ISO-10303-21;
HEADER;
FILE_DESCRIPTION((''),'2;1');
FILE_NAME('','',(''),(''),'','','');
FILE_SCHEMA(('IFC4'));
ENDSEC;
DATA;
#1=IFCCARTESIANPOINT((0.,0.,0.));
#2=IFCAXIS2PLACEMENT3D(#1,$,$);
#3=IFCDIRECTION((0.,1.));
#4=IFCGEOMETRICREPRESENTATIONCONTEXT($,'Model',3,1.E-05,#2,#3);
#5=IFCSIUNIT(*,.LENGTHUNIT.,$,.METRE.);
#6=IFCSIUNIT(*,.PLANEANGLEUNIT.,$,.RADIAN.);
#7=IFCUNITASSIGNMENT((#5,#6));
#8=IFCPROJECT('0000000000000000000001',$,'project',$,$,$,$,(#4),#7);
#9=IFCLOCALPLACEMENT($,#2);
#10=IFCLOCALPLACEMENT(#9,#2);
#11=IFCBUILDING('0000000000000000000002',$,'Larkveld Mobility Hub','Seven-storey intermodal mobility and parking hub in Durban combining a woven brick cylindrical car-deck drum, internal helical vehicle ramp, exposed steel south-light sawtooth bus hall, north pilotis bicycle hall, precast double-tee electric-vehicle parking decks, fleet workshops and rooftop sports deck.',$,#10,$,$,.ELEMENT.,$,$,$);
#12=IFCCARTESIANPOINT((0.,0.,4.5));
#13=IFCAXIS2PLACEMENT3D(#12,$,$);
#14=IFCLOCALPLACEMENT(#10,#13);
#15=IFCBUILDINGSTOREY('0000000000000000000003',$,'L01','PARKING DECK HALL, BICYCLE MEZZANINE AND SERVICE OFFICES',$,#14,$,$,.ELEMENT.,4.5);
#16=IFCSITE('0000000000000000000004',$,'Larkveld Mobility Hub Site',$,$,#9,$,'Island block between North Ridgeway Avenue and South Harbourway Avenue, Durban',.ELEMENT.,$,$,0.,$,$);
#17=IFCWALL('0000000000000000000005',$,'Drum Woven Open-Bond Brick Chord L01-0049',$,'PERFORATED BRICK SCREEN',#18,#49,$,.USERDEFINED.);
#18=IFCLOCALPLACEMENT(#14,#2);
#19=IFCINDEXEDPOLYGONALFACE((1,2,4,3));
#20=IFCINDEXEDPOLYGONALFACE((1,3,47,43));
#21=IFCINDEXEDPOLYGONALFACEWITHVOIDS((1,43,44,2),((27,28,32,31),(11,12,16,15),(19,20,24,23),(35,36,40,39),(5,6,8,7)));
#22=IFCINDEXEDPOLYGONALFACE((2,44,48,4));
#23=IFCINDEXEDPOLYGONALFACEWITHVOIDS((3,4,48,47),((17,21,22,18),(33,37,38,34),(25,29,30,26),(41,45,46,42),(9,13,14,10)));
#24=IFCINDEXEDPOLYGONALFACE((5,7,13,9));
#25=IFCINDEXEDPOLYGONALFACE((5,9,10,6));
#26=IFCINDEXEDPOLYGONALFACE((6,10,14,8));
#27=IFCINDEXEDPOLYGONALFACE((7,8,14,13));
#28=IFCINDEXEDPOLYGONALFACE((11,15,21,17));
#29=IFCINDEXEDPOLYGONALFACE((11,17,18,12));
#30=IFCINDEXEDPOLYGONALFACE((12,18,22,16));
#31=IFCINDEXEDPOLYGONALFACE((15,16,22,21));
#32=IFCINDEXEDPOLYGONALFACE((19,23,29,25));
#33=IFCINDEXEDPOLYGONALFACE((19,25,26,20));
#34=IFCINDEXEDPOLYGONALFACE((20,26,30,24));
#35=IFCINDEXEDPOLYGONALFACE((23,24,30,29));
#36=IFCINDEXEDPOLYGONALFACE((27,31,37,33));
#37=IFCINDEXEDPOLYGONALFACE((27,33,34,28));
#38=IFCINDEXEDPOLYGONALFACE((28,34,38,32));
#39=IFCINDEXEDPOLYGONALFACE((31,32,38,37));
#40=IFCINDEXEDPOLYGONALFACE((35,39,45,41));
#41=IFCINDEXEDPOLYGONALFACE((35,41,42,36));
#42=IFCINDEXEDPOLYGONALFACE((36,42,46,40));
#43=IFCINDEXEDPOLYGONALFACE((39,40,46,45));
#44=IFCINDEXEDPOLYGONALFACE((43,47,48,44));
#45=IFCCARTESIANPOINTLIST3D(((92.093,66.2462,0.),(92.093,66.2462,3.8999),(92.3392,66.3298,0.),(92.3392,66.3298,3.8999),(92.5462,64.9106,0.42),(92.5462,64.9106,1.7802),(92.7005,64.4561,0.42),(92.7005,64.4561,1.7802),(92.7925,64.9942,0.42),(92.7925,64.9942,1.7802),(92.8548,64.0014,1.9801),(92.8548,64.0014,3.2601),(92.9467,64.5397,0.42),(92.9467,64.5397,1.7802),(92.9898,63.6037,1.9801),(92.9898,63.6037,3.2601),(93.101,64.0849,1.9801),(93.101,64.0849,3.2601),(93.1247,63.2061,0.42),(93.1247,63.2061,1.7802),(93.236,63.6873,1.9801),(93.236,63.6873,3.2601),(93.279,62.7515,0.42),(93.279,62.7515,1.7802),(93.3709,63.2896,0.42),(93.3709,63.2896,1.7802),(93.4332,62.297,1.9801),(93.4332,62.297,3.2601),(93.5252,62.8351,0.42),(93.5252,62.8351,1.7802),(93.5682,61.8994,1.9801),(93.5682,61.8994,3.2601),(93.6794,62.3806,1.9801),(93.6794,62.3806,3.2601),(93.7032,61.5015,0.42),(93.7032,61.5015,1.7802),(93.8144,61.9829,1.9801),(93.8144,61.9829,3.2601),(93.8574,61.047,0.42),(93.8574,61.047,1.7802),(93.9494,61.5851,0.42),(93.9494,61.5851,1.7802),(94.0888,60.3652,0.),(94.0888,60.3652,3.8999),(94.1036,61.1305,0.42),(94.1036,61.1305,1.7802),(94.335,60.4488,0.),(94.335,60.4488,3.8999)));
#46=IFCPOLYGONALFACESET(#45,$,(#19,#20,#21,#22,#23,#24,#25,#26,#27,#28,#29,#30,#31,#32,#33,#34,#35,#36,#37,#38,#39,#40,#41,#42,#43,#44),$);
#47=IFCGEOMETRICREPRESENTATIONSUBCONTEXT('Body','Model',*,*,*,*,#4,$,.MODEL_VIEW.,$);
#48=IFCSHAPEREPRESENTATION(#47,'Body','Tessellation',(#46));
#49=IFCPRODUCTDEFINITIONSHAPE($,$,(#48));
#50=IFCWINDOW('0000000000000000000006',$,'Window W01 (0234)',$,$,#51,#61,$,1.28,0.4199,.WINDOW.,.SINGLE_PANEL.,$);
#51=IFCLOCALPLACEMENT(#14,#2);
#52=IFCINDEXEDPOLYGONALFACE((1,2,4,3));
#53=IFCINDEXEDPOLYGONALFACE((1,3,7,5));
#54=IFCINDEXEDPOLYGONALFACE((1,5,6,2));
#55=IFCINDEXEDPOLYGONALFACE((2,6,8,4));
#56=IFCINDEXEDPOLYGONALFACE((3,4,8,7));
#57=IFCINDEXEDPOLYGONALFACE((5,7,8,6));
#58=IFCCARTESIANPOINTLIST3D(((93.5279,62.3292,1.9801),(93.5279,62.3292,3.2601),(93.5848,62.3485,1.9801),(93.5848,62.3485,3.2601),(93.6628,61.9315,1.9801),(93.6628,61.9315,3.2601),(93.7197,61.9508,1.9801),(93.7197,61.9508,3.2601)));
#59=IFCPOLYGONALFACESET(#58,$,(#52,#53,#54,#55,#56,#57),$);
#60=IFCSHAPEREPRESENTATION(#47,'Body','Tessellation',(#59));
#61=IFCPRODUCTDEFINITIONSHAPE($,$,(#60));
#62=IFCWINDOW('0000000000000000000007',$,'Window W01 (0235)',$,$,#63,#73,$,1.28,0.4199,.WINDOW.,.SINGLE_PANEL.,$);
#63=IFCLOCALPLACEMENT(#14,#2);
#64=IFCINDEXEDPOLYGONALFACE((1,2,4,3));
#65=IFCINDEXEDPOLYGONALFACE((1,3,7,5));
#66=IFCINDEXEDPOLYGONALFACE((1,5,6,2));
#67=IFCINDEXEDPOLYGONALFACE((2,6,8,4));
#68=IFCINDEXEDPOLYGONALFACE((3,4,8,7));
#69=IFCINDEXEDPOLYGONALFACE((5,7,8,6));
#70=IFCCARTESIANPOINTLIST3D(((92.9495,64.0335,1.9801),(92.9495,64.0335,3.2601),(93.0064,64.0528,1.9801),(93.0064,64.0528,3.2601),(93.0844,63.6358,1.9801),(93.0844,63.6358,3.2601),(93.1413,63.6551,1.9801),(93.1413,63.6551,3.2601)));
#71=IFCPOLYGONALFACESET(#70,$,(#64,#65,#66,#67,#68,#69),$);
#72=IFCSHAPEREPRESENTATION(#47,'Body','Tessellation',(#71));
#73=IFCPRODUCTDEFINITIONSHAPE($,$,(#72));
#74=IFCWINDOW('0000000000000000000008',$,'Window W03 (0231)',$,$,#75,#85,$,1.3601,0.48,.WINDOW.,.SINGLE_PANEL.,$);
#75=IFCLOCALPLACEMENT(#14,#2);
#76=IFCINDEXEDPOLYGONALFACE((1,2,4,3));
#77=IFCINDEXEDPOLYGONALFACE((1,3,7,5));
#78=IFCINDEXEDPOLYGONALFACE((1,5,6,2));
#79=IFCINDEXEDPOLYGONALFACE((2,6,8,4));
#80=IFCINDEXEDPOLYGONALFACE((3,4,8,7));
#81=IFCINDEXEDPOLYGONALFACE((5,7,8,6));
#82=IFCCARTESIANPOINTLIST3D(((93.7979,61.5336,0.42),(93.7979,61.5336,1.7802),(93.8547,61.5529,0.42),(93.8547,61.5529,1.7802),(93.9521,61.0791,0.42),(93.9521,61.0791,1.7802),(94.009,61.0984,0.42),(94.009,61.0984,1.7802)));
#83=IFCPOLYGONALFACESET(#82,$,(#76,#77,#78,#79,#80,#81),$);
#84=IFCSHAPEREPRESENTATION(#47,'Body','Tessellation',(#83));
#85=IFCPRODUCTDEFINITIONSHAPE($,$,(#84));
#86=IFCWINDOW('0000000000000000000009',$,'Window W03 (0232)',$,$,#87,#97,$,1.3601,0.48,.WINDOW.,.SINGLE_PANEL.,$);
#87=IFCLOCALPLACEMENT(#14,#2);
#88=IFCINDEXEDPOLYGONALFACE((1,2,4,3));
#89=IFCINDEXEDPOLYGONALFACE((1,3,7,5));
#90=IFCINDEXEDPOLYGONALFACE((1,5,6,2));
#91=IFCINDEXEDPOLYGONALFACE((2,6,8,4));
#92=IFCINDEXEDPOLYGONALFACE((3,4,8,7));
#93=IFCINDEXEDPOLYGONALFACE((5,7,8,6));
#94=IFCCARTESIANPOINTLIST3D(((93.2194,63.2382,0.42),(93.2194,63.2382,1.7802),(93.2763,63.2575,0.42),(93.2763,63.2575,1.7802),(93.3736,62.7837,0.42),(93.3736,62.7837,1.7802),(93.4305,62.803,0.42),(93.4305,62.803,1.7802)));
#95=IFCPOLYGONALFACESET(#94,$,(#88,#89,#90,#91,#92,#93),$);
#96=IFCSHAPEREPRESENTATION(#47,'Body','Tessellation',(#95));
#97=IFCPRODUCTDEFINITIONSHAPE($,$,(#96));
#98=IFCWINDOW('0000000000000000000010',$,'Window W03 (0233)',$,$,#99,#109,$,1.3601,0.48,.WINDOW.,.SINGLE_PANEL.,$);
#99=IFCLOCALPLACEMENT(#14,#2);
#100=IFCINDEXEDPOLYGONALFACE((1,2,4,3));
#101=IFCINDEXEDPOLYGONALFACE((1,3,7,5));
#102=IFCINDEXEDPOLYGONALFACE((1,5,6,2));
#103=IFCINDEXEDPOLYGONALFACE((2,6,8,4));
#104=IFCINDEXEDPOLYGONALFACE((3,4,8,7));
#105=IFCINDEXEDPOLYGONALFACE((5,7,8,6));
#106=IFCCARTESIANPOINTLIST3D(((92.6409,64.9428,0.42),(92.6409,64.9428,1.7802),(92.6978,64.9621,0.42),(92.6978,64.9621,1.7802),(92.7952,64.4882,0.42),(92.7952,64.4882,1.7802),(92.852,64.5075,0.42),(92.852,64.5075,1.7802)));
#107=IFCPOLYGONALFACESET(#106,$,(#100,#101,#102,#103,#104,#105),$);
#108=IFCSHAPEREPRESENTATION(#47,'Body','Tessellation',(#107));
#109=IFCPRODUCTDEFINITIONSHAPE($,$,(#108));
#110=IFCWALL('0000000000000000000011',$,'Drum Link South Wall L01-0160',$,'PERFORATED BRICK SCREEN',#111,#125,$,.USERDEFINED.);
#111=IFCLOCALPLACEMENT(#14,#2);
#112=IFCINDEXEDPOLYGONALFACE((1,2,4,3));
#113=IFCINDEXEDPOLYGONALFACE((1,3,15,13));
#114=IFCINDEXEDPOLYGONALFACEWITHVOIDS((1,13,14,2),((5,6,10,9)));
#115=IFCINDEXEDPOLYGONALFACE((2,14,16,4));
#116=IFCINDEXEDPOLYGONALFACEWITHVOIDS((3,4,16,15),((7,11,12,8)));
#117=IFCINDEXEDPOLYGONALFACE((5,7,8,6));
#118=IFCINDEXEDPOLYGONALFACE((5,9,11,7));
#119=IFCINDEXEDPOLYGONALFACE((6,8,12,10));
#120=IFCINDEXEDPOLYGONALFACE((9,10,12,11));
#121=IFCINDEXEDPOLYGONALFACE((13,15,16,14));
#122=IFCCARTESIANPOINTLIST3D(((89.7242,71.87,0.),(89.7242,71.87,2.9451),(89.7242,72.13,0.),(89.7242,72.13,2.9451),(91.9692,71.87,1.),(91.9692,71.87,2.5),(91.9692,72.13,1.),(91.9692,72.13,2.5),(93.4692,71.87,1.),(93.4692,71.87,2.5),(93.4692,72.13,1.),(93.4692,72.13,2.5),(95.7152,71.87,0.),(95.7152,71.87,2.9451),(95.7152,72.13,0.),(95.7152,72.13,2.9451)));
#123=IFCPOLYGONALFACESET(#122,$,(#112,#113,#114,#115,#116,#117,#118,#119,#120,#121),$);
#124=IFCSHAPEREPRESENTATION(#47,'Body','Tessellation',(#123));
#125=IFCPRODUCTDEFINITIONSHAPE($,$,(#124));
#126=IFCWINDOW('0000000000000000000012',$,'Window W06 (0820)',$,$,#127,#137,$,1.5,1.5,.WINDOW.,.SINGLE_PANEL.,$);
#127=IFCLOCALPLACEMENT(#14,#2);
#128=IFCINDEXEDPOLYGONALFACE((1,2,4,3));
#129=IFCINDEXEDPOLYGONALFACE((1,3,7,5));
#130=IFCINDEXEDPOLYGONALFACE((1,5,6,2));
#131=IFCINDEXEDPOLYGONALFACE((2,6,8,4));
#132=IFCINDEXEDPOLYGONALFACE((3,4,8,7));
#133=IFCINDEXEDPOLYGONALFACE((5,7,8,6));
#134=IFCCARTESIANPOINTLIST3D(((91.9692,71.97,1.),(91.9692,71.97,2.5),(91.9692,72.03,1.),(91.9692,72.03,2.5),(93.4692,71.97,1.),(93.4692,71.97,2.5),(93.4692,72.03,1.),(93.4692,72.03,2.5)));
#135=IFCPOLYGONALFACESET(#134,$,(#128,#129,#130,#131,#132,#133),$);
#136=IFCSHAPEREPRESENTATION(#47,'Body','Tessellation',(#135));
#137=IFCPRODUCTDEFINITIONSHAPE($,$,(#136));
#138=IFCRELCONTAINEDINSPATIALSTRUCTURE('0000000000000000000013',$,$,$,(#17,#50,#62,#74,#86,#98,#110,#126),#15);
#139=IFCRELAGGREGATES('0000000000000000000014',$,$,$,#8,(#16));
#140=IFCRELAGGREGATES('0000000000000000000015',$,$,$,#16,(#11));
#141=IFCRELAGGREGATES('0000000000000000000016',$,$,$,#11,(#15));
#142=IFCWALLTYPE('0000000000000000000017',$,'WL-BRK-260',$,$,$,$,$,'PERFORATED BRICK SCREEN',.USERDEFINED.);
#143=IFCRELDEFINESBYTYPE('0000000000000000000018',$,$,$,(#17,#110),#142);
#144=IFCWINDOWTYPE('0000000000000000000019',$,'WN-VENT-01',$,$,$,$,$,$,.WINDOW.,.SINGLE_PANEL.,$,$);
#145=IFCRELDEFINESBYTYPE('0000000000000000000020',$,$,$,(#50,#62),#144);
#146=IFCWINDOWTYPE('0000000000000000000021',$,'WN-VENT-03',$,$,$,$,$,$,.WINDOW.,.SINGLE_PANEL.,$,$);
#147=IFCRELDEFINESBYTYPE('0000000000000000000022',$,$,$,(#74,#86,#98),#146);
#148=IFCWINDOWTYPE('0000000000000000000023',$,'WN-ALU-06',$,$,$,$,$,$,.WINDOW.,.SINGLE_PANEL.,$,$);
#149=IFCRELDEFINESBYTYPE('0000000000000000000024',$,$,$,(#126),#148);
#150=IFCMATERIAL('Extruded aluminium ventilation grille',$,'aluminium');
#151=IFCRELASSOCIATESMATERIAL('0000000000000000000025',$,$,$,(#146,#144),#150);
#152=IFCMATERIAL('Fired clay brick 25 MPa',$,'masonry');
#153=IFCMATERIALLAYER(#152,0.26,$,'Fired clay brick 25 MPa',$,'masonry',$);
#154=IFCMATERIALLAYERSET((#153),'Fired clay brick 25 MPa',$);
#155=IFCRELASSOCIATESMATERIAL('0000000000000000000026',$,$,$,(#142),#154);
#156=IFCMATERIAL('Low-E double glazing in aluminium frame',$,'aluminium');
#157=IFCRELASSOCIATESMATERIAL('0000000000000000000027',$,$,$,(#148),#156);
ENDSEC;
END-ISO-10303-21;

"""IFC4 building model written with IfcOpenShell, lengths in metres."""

from ifc_helpers import new_model, si_unit, direction, frame, frame_2d, origin, place, context, subcontext, project, spatial, rectangle, extrude, material, layer, layer_set, type_object, element, fill, save


model = new_model("IFC4")

# Units and contexts
model_context = context("Model", 3, precision=1e-05, world=origin(), true_north=direction((0.0, 1.0)))
body_context = subcontext(model_context, "Body", "Model", "MODEL_VIEW")
ifc_project = project(units=[si_unit("LENGTHUNIT", "METRE"), si_unit("PLANEANGLEUNIT", "RADIAN")], contexts=[model_context])

# Site, building, storey
site_placement = place(None, origin())
site = spatial("IfcSite", under=ifc_project, at=site_placement, Name="Larkveld Mobility Hub Site", LongName="Island block between North Ridgeway Avenue and South Harbourway Avenue, Durban", CompositionType="ELEMENT", RefElevation=0.0)
building_placement = place(site_placement, origin())
building = spatial("IfcBuilding", under=site, at=building_placement, Name="Larkveld Mobility Hub", Description="Seven-storey intermodal mobility and parking hub in Durban combining a woven brick cylindrical car-deck drum, internal helical vehicle ramp, exposed steel south-light sawtooth bus hall, north pilotis bicycle hall, precast double-tee electric-vehicle parking decks, fleet workshops and rooftop sports deck.", CompositionType="ELEMENT")
storey_placement = place(building_placement, frame((0.0, 0.0, 4.5)))
storey = spatial("IfcBuildingStorey", under=building, at=storey_placement, Name="L01", Description="PARKING DECK HALL, BICYCLE MEZZANINE AND SERVICE OFFICES", CompositionType="ELEMENT", Elevation=4.5)

# Wall, openings, windows
ifc_material_1 = material(Name="Fired clay brick 25 MPa", Category="masonry")
ifc_material_2 = material(Name="Extruded aluminium ventilation grille", Category="aluminium")
window_type_1 = type_object("IfcWindowType", Name="WN-VENT-03", PartitioningType="SINGLE_PANEL", PredefinedType="WINDOW", material=ifc_material_2)
ifc_layer_1 = layer(ifc_material_1, 0.26, Name="Fired clay brick 25 MPa", Category="masonry")
ifc_layer_set_1 = layer_set([ifc_layer_1], Name="Fired clay brick 25 MPa")
wall_type_1 = type_object("IfcWallType", Name="WL-BRK-260", ElementType="PERFORATED BRICK SCREEN", PredefinedType="USERDEFINED", material=ifc_layer_set_1)
wall_1_placement = place(storey_placement, frame((94.2119, 60.407, 0.0), z_axis=(0.0, 0.0, 1.0), x_axis=(-0.321365, 0.946955, 0.0)))
wall_1 = element("IfcWall", 1, at=wall_1_placement, inside=storey, type_object=wall_type_1, Name="Drum Woven Open-Bond Brick Chord L01-0049", ObjectType="PERFORATED BRICK SCREEN", PredefinedType="USERDEFINED", context=body_context, shape_type="SweptSolid", body=[
    extrude(rectangle(XDim=6.2104, YDim=0.26, at=frame_2d((3.1052, 0.0))), origin(), (0.0, 0.0, 1.0), 3.8999),
])
opening_1_placement = place(wall_1_placement, frame((0.72, 0.0, 0.4199)))
opening_1 = element("IfcOpeningElement", 2, at=opening_1_placement, cuts=wall_1, PredefinedType="OPENING", context=body_context, shape_type="SweptSolid", body=[
    extrude(rectangle(XDim=0.48, YDim=1.3601, at=frame_2d((0.24, 0.6802))), frame((0.0, 0.1401, 0.0), z_axis=(0.0, -1.0, 0.0), x_axis=(1.0, 0.0, 0.0)), (0.0, 0.0, 1.0), 0.28),
])
opening_2_placement = place(wall_1_placement, frame((2.52, 0.0, 0.4199)))
opening_2 = element("IfcOpeningElement", 3, at=opening_2_placement, cuts=wall_1, PredefinedType="OPENING", context=body_context, shape_type="SweptSolid", body=[
    extrude(rectangle(XDim=0.48, YDim=1.3601, at=frame_2d((0.24, 0.6802))), frame((0.0, 0.1401, 0.0), z_axis=(0.0, -1.0, 0.0), x_axis=(1.0, 0.0, 0.0)), (0.0, 0.0, 1.0), 0.28),
])
opening_3_placement = place(wall_1_placement, frame((4.3201, 0.0, 0.4199)))
opening_3 = element("IfcOpeningElement", 4, at=opening_3_placement, cuts=wall_1, PredefinedType="OPENING", context=body_context, shape_type="SweptSolid", body=[
    extrude(rectangle(XDim=0.48, YDim=1.3601, at=frame_2d((0.24, 0.6802))), frame((0.0, 0.1401, 0.0), z_axis=(0.0, -1.0, 0.0), x_axis=(1.0, 0.0, 0.0)), (0.0, 0.0, 1.0), 0.28),
])
opening_4_placement = place(wall_1_placement, frame((1.6201, 0.0, 1.98)))
opening_4 = element("IfcOpeningElement", 5, at=opening_4_placement, cuts=wall_1, PredefinedType="OPENING", context=body_context, shape_type="SweptSolid", body=[
    extrude(rectangle(XDim=0.4199, YDim=1.28, at=frame_2d((0.21, 0.6401))), frame((0.0, 0.1401, 0.0), z_axis=(0.0, -1.0, 0.0), x_axis=(1.0, 0.0, 0.0)), (0.0, 0.0, 1.0), 0.28),
])
opening_5_placement = place(wall_1_placement, frame((3.4199, 0.0, 1.98)))
opening_5 = element("IfcOpeningElement", 6, at=opening_5_placement, cuts=wall_1, PredefinedType="OPENING", context=body_context, shape_type="SweptSolid", body=[
    extrude(rectangle(XDim=0.4199, YDim=1.28, at=frame_2d((0.21, 0.6401))), frame((0.0, 0.1401, 0.0), z_axis=(0.0, -1.0, 0.0), x_axis=(1.0, 0.0, 0.0)), (0.0, 0.0, 1.0), 0.28),
])
window_type_2 = type_object("IfcWindowType", Name="WN-VENT-01", PartitioningType="SINGLE_PANEL", PredefinedType="WINDOW", material=ifc_material_2)
window_1_placement = place(opening_4_placement, origin())
window_1 = element("IfcWindow", 7, at=window_1_placement, inside=storey, type_object=window_type_2, Name="Window W01 (0234)", OverallHeight=1.28, OverallWidth=0.4199, PartitioningType="SINGLE_PANEL", PredefinedType="WINDOW", context=body_context, shape_type="SweptSolid", body=[
    extrude(rectangle(XDim=0.4199, YDim=1.28, at=frame_2d((0.21, 0.6401))), frame((0.0, 0.03, 0.0), z_axis=(0.0, -1.0, 0.0), x_axis=(1.0, 0.0, 0.0)), (0.0, 0.0, 1.0), 0.0601),
])
fill(opening_4, window_1)
window_2_placement = place(opening_5_placement, origin())
window_2 = element("IfcWindow", 8, at=window_2_placement, inside=storey, type_object=window_type_2, Name="Window W01 (0235)", OverallHeight=1.28, OverallWidth=0.4199, PartitioningType="SINGLE_PANEL", PredefinedType="WINDOW", context=body_context, shape_type="SweptSolid", body=[
    extrude(rectangle(XDim=0.4199, YDim=1.28, at=frame_2d((0.21, 0.6401))), frame((0.0, 0.03, 0.0), z_axis=(0.0, -1.0, 0.0), x_axis=(1.0, 0.0, 0.0)), (0.0, 0.0, 1.0), 0.0601),
])
fill(opening_5, window_2)
window_3_placement = place(opening_1_placement, origin())
window_3 = element("IfcWindow", 9, at=window_3_placement, inside=storey, type_object=window_type_1, Name="Window W03 (0231)", OverallHeight=1.3601, OverallWidth=0.48, PartitioningType="SINGLE_PANEL", PredefinedType="WINDOW", context=body_context, shape_type="SweptSolid", body=[
    extrude(rectangle(XDim=0.48, YDim=1.3601, at=frame_2d((0.24, 0.6802))), frame((0.0, 0.03, 0.0), z_axis=(0.0, -1.0, 0.0), x_axis=(1.0, 0.0, 0.0)), (0.0, 0.0, 1.0), 0.0601),
])
fill(opening_1, window_3)
window_4_placement = place(opening_2_placement, origin())
window_4 = element("IfcWindow", 10, at=window_4_placement, inside=storey, type_object=window_type_1, Name="Window W03 (0232)", OverallHeight=1.3601, OverallWidth=0.48, PartitioningType="SINGLE_PANEL", PredefinedType="WINDOW", context=body_context, shape_type="SweptSolid", body=[
    extrude(rectangle(XDim=0.48, YDim=1.3601, at=frame_2d((0.24, 0.6802))), frame((0.0, 0.03, 0.0), z_axis=(0.0, -1.0, 0.0), x_axis=(1.0, 0.0, 0.0)), (0.0, 0.0, 1.0), 0.0601),
])
fill(opening_2, window_4)
window_5_placement = place(opening_3_placement, origin())
window_5 = element("IfcWindow", 11, at=window_5_placement, inside=storey, type_object=window_type_1, Name="Window W03 (0233)", OverallHeight=1.3601, OverallWidth=0.48, PartitioningType="SINGLE_PANEL", PredefinedType="WINDOW", context=body_context, shape_type="SweptSolid", body=[
    extrude(rectangle(XDim=0.48, YDim=1.3601, at=frame_2d((0.24, 0.6802))), frame((0.0, 0.03, 0.0), z_axis=(0.0, -1.0, 0.0), x_axis=(1.0, 0.0, 0.0)), (0.0, 0.0, 1.0), 0.0601),
])
fill(opening_3, window_5)

# Wall, opening, window
wall_2_placement = place(storey_placement, frame((89.7241, 72.0, 0.0), z_axis=(0.0, 0.0, 1.0), x_axis=(1.0, 0.0, 0.0)))
wall_2 = element("IfcWall", 12, at=wall_2_placement, inside=storey, type_object=wall_type_1, Name="Drum Link South Wall L01-0160", ObjectType="PERFORATED BRICK SCREEN", PredefinedType="USERDEFINED", context=body_context, shape_type="SweptSolid", body=[
    extrude(rectangle(XDim=5.991, YDim=0.26, at=frame_2d((2.9956, 0.0))), origin(), (0.0, 0.0, 1.0), 2.9451),
])
opening_6_placement = place(wall_2_placement, frame((2.2451, 0.0, 1.0)))
opening_6 = element("IfcOpeningElement", 13, at=opening_6_placement, cuts=wall_2, PredefinedType="OPENING", context=body_context, shape_type="SweptSolid", body=[
    extrude(rectangle(XDim=1.5, YDim=1.5, at=frame_2d((0.75, 0.75))), frame((0.0, 0.1401, 0.0), z_axis=(0.0, -1.0, 0.0), x_axis=(1.0, 0.0, 0.0)), (0.0, 0.0, 1.0), 0.28),
])
ifc_material_3 = material(Name="Low-E double glazing in aluminium frame", Category="aluminium")
window_type_3 = type_object("IfcWindowType", Name="WN-ALU-06", PartitioningType="SINGLE_PANEL", PredefinedType="WINDOW", material=ifc_material_3)
window_6_placement = place(opening_6_placement, origin())
window_6 = element("IfcWindow", 14, at=window_6_placement, inside=storey, type_object=window_type_3, Name="Window W06 (0820)", OverallHeight=1.5, OverallWidth=1.5, PartitioningType="SINGLE_PANEL", PredefinedType="WINDOW", context=body_context, shape_type="SweptSolid", body=[
    extrude(rectangle(XDim=1.5, YDim=1.5, at=frame_2d((0.75, 0.75))), frame((0.0, 0.03, 0.0), z_axis=(0.0, -1.0, 0.0), x_axis=(1.0, 0.0, 0.0)), (0.0, 0.0, 1.0), 0.0601),
])
fill(opening_6, window_6)

save(model, "model.ifc")
